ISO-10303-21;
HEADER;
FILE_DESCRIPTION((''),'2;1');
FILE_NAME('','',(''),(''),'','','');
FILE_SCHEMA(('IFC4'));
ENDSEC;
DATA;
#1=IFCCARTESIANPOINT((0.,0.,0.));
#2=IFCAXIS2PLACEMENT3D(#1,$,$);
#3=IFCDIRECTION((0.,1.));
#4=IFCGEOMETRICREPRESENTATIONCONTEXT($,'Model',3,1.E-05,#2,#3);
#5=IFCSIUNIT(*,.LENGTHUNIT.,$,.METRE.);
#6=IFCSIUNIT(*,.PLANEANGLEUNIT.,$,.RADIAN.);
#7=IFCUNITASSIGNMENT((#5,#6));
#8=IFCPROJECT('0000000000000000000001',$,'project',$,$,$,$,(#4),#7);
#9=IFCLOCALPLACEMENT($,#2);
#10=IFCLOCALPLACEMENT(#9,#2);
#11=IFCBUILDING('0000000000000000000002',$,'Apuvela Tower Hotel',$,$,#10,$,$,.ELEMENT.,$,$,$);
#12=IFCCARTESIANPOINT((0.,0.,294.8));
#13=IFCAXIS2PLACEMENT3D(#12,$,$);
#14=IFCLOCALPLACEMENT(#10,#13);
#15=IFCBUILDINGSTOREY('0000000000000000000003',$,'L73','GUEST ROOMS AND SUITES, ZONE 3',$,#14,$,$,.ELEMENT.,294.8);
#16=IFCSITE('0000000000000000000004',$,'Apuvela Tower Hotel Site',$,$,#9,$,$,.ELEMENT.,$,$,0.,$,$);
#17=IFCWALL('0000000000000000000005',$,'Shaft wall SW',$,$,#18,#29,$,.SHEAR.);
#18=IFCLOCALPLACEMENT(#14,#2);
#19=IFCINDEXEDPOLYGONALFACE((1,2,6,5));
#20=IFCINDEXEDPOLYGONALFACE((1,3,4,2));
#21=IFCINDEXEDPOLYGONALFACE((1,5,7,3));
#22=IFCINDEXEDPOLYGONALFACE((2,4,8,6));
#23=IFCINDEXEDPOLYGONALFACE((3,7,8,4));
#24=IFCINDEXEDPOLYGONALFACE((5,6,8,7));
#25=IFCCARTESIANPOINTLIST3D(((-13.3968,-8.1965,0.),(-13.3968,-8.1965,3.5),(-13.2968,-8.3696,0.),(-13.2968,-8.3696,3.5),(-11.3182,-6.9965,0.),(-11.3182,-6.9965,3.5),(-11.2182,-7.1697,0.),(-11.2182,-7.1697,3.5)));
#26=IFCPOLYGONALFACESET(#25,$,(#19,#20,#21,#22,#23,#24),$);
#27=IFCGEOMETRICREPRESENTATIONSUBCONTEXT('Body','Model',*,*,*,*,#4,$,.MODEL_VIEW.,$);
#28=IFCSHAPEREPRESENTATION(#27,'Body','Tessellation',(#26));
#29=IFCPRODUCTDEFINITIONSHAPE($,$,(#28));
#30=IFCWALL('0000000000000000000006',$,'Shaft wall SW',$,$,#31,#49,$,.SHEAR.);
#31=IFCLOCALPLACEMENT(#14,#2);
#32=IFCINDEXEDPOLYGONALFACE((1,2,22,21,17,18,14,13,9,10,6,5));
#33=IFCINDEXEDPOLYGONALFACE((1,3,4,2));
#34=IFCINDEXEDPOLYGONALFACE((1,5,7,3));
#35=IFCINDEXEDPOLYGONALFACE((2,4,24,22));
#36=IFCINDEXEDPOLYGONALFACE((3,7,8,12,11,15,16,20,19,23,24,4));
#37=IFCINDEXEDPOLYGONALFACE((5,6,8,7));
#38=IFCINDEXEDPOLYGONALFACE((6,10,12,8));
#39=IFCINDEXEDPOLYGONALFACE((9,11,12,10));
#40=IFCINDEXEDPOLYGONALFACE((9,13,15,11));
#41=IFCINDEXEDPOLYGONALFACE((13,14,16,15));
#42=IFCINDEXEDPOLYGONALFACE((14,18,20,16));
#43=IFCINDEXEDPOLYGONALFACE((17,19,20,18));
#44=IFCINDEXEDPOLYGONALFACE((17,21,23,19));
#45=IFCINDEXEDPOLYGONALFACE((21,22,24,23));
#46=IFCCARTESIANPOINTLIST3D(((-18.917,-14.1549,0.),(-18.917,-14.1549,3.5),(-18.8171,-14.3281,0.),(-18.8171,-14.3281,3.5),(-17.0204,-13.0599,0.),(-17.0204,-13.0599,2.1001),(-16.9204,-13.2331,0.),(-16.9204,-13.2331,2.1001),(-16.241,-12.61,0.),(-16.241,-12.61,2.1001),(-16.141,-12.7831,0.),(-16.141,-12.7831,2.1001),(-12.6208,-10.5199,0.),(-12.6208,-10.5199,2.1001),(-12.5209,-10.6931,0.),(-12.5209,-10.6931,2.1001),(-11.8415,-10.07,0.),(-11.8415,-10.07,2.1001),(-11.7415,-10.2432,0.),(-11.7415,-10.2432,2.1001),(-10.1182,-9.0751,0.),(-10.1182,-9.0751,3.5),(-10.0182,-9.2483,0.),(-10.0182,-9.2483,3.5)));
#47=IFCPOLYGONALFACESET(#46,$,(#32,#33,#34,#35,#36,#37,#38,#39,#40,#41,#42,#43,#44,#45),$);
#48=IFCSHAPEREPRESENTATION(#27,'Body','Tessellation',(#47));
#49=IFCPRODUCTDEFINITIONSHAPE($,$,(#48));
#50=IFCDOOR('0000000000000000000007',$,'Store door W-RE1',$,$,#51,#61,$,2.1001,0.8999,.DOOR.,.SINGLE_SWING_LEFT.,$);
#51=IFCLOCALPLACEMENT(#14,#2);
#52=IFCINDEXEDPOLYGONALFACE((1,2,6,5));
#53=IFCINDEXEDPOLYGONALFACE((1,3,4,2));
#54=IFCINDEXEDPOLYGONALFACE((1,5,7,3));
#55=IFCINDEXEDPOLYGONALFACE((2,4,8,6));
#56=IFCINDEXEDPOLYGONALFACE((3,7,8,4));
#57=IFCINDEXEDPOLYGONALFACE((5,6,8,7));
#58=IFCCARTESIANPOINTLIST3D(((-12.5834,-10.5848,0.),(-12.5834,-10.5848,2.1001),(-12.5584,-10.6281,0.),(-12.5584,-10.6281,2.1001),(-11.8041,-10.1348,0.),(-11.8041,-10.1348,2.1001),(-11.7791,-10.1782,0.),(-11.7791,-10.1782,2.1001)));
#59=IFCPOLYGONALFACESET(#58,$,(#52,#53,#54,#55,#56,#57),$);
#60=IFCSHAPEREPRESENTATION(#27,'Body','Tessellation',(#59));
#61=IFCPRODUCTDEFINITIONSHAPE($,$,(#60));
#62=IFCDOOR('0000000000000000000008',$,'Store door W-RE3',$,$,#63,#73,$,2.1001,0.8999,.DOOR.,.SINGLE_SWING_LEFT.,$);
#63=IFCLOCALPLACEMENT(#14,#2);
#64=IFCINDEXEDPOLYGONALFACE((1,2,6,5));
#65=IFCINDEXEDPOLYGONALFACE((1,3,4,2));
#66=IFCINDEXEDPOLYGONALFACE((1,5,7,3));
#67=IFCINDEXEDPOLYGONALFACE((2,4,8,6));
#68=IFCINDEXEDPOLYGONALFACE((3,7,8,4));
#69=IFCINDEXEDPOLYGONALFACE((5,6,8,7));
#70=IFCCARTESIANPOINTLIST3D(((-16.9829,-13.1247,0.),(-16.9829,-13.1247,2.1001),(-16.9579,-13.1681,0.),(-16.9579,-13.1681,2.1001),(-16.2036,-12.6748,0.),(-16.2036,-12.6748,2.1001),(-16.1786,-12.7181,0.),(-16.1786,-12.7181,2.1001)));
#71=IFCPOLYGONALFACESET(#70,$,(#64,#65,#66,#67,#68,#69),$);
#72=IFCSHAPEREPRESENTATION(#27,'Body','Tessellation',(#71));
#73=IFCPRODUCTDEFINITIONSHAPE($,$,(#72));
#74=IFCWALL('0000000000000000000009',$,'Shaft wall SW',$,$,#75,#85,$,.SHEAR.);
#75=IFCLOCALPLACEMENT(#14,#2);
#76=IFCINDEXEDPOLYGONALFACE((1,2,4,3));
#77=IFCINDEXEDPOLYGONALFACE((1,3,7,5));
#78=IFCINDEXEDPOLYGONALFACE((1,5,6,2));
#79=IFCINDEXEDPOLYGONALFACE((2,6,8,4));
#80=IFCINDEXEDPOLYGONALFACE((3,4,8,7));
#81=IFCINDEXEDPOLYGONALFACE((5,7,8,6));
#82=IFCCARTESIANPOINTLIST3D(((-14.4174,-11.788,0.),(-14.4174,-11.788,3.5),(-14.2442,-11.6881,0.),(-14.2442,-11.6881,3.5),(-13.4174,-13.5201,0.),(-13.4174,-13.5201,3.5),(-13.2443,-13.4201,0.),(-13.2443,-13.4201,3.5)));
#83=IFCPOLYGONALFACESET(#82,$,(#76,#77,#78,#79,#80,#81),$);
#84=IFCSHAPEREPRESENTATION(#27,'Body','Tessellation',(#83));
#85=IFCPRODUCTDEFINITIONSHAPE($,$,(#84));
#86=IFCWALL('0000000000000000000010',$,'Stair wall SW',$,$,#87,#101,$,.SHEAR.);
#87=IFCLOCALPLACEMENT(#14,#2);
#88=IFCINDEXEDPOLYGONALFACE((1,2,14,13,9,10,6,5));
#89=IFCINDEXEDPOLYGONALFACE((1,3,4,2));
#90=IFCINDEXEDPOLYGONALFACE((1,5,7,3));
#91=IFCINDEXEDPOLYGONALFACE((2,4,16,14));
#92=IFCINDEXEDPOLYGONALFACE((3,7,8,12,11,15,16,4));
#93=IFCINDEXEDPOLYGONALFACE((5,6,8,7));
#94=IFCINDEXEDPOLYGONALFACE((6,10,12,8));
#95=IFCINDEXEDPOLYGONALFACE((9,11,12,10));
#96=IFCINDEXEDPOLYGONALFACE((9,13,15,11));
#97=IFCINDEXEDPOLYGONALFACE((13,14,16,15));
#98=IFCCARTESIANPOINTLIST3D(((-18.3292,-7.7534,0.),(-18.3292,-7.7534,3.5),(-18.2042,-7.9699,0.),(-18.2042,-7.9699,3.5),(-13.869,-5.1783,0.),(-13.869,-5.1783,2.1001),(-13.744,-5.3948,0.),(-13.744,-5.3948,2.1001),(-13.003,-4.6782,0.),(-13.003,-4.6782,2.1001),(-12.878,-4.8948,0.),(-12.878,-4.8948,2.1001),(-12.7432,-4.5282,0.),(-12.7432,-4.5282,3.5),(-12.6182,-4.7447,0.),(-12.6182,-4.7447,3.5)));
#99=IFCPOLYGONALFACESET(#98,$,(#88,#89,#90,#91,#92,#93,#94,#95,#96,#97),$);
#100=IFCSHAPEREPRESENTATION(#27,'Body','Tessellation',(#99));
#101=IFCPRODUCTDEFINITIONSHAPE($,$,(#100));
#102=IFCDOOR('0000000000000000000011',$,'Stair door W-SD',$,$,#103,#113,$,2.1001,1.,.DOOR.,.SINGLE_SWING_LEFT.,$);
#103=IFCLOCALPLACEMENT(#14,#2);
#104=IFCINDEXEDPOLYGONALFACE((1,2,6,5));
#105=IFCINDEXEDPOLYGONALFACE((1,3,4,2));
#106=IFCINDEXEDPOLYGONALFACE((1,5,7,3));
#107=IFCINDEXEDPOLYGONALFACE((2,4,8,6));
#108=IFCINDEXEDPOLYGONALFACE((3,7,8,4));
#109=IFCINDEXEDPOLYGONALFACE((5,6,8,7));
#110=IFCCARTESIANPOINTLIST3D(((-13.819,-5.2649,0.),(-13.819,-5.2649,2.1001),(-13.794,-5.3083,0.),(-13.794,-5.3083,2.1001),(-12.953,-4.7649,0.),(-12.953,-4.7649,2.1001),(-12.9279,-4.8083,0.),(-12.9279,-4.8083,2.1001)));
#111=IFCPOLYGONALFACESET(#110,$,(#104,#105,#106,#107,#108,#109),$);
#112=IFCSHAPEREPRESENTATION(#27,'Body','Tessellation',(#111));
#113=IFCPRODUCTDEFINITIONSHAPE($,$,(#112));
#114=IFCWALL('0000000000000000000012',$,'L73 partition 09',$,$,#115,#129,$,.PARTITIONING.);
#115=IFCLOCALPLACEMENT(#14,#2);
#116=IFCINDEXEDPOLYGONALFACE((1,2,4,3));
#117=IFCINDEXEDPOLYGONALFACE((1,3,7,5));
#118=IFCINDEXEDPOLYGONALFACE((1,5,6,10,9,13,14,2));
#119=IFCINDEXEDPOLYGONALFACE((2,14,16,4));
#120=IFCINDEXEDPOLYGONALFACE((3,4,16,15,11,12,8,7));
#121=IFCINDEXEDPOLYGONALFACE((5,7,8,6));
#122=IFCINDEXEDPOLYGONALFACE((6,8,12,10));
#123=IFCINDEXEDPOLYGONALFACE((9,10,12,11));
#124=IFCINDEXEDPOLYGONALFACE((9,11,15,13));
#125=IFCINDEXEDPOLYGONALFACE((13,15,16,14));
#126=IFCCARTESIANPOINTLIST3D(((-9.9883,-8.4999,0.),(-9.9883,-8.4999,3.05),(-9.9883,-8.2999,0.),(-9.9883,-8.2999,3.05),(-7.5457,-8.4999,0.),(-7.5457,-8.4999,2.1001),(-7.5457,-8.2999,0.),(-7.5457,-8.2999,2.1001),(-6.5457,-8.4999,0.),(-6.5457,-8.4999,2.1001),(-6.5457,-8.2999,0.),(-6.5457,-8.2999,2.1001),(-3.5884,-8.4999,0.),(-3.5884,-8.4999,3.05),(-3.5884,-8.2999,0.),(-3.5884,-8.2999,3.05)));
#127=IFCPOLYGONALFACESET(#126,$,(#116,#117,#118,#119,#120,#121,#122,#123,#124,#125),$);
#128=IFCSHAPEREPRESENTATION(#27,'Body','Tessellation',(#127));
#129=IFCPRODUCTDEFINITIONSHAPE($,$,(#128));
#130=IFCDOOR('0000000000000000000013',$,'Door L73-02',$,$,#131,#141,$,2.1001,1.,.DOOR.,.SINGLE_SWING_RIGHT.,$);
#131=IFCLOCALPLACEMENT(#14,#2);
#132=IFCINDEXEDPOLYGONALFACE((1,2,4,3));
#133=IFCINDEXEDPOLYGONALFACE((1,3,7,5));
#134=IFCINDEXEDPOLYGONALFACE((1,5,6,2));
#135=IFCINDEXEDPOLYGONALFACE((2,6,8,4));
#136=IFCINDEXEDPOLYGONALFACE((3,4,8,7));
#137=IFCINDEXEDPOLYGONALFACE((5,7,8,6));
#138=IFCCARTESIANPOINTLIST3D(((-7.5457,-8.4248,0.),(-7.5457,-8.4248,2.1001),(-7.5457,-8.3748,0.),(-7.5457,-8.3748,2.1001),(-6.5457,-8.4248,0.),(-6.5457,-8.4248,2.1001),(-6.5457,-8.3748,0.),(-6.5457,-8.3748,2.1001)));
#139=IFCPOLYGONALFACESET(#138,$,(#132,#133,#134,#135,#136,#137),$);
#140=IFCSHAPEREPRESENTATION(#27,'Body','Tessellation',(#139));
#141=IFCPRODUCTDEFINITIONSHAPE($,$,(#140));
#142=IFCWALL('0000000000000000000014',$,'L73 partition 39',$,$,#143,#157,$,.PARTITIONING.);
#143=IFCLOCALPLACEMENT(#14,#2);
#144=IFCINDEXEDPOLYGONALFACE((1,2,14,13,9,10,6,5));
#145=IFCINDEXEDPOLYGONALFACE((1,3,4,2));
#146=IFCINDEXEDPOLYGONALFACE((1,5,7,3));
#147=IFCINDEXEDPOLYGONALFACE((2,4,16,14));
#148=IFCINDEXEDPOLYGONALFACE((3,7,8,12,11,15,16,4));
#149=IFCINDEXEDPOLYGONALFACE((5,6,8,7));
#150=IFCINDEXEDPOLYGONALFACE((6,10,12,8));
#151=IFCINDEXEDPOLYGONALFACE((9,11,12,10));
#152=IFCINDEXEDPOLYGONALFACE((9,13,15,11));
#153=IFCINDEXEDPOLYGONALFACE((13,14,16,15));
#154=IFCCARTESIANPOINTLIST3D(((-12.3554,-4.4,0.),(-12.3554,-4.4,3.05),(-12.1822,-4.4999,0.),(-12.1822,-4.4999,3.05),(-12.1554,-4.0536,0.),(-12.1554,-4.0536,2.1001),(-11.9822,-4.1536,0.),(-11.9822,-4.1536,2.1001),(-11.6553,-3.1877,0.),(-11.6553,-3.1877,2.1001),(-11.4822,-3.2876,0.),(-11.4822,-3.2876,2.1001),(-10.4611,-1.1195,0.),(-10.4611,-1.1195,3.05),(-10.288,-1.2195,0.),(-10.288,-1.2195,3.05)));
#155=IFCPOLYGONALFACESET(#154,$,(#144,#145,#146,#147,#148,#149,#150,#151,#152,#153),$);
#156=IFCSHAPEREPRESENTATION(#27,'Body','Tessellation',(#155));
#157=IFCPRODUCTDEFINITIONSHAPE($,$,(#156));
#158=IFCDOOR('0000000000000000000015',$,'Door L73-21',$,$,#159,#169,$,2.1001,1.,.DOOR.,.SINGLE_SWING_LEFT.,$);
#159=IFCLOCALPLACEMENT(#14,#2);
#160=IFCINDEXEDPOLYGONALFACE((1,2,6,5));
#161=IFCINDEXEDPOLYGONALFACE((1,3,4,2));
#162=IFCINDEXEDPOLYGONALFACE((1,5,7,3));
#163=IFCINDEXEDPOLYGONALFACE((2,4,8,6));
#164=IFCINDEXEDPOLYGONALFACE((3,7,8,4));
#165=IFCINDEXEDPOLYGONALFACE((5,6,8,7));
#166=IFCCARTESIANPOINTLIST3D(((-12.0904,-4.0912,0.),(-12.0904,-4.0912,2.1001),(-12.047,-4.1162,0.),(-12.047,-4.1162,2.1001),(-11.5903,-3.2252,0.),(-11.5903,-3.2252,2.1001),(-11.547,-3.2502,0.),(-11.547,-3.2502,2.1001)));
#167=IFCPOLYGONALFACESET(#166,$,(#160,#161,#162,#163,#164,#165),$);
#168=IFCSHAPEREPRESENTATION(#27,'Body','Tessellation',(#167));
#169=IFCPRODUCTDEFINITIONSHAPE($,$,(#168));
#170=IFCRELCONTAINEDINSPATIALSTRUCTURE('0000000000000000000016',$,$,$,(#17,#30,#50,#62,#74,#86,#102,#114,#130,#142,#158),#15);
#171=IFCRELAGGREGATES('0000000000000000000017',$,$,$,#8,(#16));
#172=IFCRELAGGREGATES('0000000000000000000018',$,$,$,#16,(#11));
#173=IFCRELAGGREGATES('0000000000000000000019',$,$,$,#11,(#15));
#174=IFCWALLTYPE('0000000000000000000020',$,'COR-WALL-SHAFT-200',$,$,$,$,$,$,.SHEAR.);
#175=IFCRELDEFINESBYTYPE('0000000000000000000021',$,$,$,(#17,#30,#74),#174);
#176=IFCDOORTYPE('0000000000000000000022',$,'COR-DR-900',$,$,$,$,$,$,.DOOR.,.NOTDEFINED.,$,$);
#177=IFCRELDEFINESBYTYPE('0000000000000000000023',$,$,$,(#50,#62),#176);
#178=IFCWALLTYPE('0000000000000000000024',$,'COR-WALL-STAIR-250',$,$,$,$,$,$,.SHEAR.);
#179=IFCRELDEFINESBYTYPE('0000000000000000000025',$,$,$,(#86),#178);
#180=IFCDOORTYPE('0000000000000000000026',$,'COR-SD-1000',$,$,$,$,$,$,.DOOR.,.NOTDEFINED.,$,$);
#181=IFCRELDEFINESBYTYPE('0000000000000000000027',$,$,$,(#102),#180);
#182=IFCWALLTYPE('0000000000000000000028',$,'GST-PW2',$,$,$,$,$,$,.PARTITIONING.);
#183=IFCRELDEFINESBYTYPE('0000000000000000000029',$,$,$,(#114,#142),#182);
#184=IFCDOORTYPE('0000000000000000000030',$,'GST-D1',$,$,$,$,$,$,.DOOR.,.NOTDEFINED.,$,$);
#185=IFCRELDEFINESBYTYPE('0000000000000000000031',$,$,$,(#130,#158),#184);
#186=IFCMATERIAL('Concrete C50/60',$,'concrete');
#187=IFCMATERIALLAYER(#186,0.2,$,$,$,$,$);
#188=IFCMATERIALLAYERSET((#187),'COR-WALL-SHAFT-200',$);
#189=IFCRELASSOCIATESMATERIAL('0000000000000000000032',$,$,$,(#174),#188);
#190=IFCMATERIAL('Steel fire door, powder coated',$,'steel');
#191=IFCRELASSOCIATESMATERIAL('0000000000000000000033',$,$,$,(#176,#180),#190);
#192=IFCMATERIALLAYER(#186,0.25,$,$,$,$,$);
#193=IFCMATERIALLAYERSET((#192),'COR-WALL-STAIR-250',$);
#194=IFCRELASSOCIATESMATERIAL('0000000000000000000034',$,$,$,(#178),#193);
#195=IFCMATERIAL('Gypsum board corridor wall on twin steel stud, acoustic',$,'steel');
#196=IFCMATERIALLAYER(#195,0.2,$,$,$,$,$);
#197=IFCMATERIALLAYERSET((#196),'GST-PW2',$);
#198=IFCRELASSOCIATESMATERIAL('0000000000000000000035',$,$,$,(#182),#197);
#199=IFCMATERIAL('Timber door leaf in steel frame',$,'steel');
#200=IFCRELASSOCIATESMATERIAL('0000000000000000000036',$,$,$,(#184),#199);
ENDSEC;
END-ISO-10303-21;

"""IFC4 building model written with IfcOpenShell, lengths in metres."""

from ifc_helpers import new_model, si_unit, direction, frame, frame_2d, origin, place, context, subcontext, project, spatial, rectangle, extrude, material, layer, layer_set, type_object, element, fill, save


model = new_model("IFC4")

# Units and contexts
model_context = context("Model", 3, precision=1e-05, world=origin(), true_north=direction((0.0, 1.0)))
body_context = subcontext(model_context, "Body", "Model", "MODEL_VIEW")
ifc_project = project(units=[si_unit("LENGTHUNIT", "METRE"), si_unit("PLANEANGLEUNIT", "RADIAN")], contexts=[model_context])

# Site, building, storey
site_placement = place(None, origin())
site = spatial("IfcSite", under=ifc_project, at=site_placement, Name="Apuvela Tower Hotel Site", CompositionType="ELEMENT", RefElevation=0.0)
building_placement = place(site_placement, origin())
building = spatial("IfcBuilding", under=site, at=building_placement, Name="Apuvela Tower Hotel", CompositionType="ELEMENT")
storey_placement = place(building_placement, frame((0.0, 0.0, 294.8)))
storey = spatial("IfcBuildingStorey", under=building, at=storey_placement, Name="L73", Description="GUEST ROOMS AND SUITES, ZONE 3", CompositionType="ELEMENT", Elevation=294.8)

# Shared definitions
ifc_material_1 = material(Name="Concrete C50/60", Category="concrete")
ifc_material_2 = material(Name="Steel fire door, powder coated", Category="steel")

# Wall
ifc_layer_1 = layer(ifc_material_1, 0.2)
ifc_layer_set_1 = layer_set([ifc_layer_1], Name="COR-WALL-SHAFT-200")
wall_type_1 = type_object("IfcWallType", Name="COR-WALL-SHAFT-200", PredefinedType="SHEAR", material=ifc_layer_set_1)
wall_1_placement = place(storey_placement, frame((-11.2681, -7.083, 0.0), z_axis=(0.0, 0.0, 1.0), x_axis=(-0.86605, -0.499957, 0.0)))
element("IfcWall", 1, at=wall_1_placement, inside=storey, type_object=wall_type_1, Name="Shaft wall SW", PredefinedType="SHEAR", context=body_context, shape_type="SweptSolid", body=[
    extrude(rectangle(XDim=2.4001, YDim=0.2, at=frame_2d((1.2002, 0.0))), origin(), (0.0, 0.0, 1.0), 3.5),
])

# Wall, openings, doors
wall_2_placement = place(storey_placement, frame((-10.0681, -9.1616, 0.0), z_axis=(0.0, 0.0, 1.0), x_axis=(-0.866033, -0.499987, 0.0)))
wall_2 = element("IfcWall", 2, at=wall_2_placement, inside=storey, type_object=wall_type_1, Name="Shaft wall SW", PredefinedType="SHEAR", context=body_context, shape_type="SweptSolid", body=[
    extrude(rectangle(XDim=10.1599, YDim=0.2, at=frame_2d((5.0801, 0.0))), origin(), (0.0, 0.0, 1.0), 3.5),
])
opening_1_placement = place(wall_2_placement, frame((1.99, 0.0, 0.0)))
opening_1 = element("IfcOpeningElement", 3, at=opening_1_placement, cuts=wall_2, PredefinedType="OPENING", context=body_context, shape_type="SweptSolid", body=[
    extrude(rectangle(XDim=0.8999, YDim=2.1001, at=frame_2d((0.45, 1.05))), frame((0.0, 0.1099, 0.0), z_axis=(0.0, -1.0, 0.0), x_axis=(1.0, 0.0, 0.0)), (0.0, 0.0, 1.0), 0.22),
])
opening_2_placement = place(wall_2_placement, frame((7.0701, 0.0, 0.0)))
opening_2 = element("IfcOpeningElement", 4, at=opening_2_placement, cuts=wall_2, PredefinedType="OPENING", context=body_context, shape_type="SweptSolid", body=[
    extrude(rectangle(XDim=0.8999, YDim=2.1001, at=frame_2d((0.45, 1.05))), frame((0.0, 0.1099, 0.0), z_axis=(0.0, -1.0, 0.0), x_axis=(1.0, 0.0, 0.0)), (0.0, 0.0, 1.0), 0.22),
])
door_type_1 = type_object("IfcDoorType", Name="COR-DR-900", OperationType="NOTDEFINED", PredefinedType="DOOR", material=ifc_material_2)
door_1_placement = place(opening_1_placement, origin())
door_1 = element("IfcDoor", 5, at=door_1_placement, inside=storey, type_object=door_type_1, Name="Store door W-RE1", OperationType="SINGLE_SWING_LEFT", OverallHeight=2.1001, OverallWidth=0.8999, PredefinedType="DOOR", context=body_context, shape_type="SweptSolid", body=[
    extrude(rectangle(XDim=0.8999, YDim=2.1001, at=frame_2d((0.45, 1.05))), frame((0.0, 0.0249, 0.0), z_axis=(0.0, -1.0, 0.0), x_axis=(1.0, 0.0, 0.0)), (0.0, 0.0, 1.0), 0.05),
])
fill(opening_1, door_1)
door_2_placement = place(opening_2_placement, origin())
door_2 = element("IfcDoor", 6, at=door_2_placement, inside=storey, type_object=door_type_1, Name="Store door W-RE3", OperationType="SINGLE_SWING_LEFT", OverallHeight=2.1001, OverallWidth=0.8999, PredefinedType="DOOR", context=body_context, shape_type="SweptSolid", body=[
    extrude(rectangle(XDim=0.8999, YDim=2.1001, at=frame_2d((0.45, 1.05))), frame((0.0, 0.0249, 0.0), z_axis=(0.0, -1.0, 0.0), x_axis=(1.0, 0.0, 0.0)), (0.0, 0.0, 1.0), 0.05),
])
fill(opening_2, door_2)

# Wall
wall_3_placement = place(storey_placement, frame((-14.3308, -11.738, 0.0), z_axis=(0.0, 0.0, 1.0), x_axis=(0.499973, -0.866041, 0.0)))
element("IfcWall", 7, at=wall_3_placement, inside=storey, type_object=wall_type_1, Name="Shaft wall SW", PredefinedType="SHEAR", context=body_context, shape_type="SweptSolid", body=[
    extrude(rectangle(XDim=2.0, YDim=0.2, at=frame_2d((1.0, 0.0))), origin(), (0.0, 0.0, 1.0), 3.5),
])

# Walls, openings, doors
ifc_layer_2 = layer(ifc_material_1, 0.25)
ifc_layer_set_2 = layer_set([ifc_layer_2], Name="COR-WALL-STAIR-250")
wall_type_2 = type_object("IfcWallType", Name="COR-WALL-STAIR-250", PredefinedType="SHEAR", material=ifc_layer_set_2)
wall_4_placement = place(storey_placement, frame((-12.6807, -4.6365, 0.0), z_axis=(0.0, 0.0, 1.0), x_axis=(-0.866022, -0.500006, 0.0)))
wall_4 = element("IfcWall", 8, at=wall_4_placement, inside=storey, type_object=wall_type_2, Name="Stair wall SW", PredefinedType="SHEAR", context=body_context, shape_type="SweptSolid", body=[
    extrude(rectangle(XDim=6.4502, YDim=0.25, at=frame_2d((3.2251, 0.0))), origin(), (0.0, 0.0, 1.0), 3.5),
])
opening_3_placement = place(wall_4_placement, frame((0.3, 0.0, 0.0)))
opening_3 = element("IfcOpeningElement", 9, at=opening_3_placement, cuts=wall_4, PredefinedType="OPENING", context=body_context, shape_type="SweptSolid", body=[
    extrude(rectangle(XDim=1.0, YDim=2.1001, at=frame_2d((0.5, 1.05))), frame((0.0, 0.135, 0.0), z_axis=(0.0, -1.0, 0.0), x_axis=(1.0, 0.0, 0.0)), (0.0, 0.0, 1.0), 0.27),
])
door_type_2 = type_object("IfcDoorType", Name="COR-SD-1000", OperationType="NOTDEFINED", PredefinedType="DOOR", material=ifc_material_2)
door_3_placement = place(opening_3_placement, frame((1.0, 0.0, 0.0), z_axis=(0.0, 0.0, 1.0), x_axis=(-1.0, 0.0, 0.0)))
door_3 = element("IfcDoor", 10, at=door_3_placement, inside=storey, type_object=door_type_2, Name="Stair door W-SD", OperationType="SINGLE_SWING_LEFT", OverallHeight=2.1001, OverallWidth=1.0, PredefinedType="DOOR", context=body_context, shape_type="SweptSolid", body=[
    extrude(rectangle(XDim=1.0, YDim=2.1001, at=frame_2d((0.5, 1.05))), frame((0.0, 0.0249, 0.0), z_axis=(0.0, -1.0, 0.0), x_axis=(1.0, 0.0, 0.0)), (0.0, 0.0, 1.0), 0.05),
])
fill(opening_3, door_3)
ifc_material_3 = material(Name="Gypsum board corridor wall on twin steel stud, acoustic", Category="steel")
ifc_layer_3 = layer(ifc_material_3, 0.2)
ifc_layer_set_3 = layer_set([ifc_layer_3], Name="GST-PW2")
wall_type_3 = type_object("IfcWallType", Name="GST-PW2", PredefinedType="PARTITIONING", material=ifc_layer_set_3)
wall_5_placement = place(storey_placement, frame((-3.5884, -8.3999, 0.0), z_axis=(0.0, 0.0, 1.0), x_axis=(-1.0, 0.0, 0.0)))
wall_5 = element("IfcWall", 11, at=wall_5_placement, inside=storey, type_object=wall_type_3, Name="L73 partition 09", PredefinedType="PARTITIONING", context=body_context, shape_type="SweptSolid", body=[
    extrude(rectangle(XDim=6.3999, YDim=0.2, at=frame_2d((3.2, 0.0))), origin(), (0.0, 0.0, 1.0), 3.05),
])
opening_4_placement = place(wall_5_placement, frame((2.9573, 0.0, 0.0)))
opening_4 = element("IfcOpeningElement", 12, at=opening_4_placement, cuts=wall_5, PredefinedType="OPENING", context=body_context, shape_type="SweptSolid", body=[
    extrude(rectangle(XDim=1.0, YDim=2.1001, at=frame_2d((0.5, 1.05))), frame((0.0, 0.1099, 0.0), z_axis=(0.0, -1.0, 0.0), x_axis=(1.0, 0.0, 0.0)), (0.0, 0.0, 1.0), 0.22),
])
ifc_material_4 = material(Name="Timber door leaf in steel frame", Category="steel")
door_type_3 = type_object("IfcDoorType", Name="GST-D1", OperationType="NOTDEFINED", PredefinedType="DOOR", material=ifc_material_4)
door_4_placement = place(opening_4_placement, origin())
door_4 = element("IfcDoor", 13, at=door_4_placement, inside=storey, type_object=door_type_3, Name="Door L73-02", OperationType="SINGLE_SWING_RIGHT", OverallHeight=2.1001, OverallWidth=1.0, PredefinedType="DOOR", context=body_context, shape_type="SweptSolid", body=[
    extrude(rectangle(XDim=1.0, YDim=2.1001, at=frame_2d((0.5, 1.05))), frame((0.0, 0.0249, 0.0), z_axis=(0.0, -1.0, 0.0), x_axis=(1.0, 0.0, 0.0)), (0.0, 0.0, 1.0), 0.05),
])
fill(opening_4, door_4)
wall_6_placement = place(storey_placement, frame((-12.2688, -4.45, 0.0), z_axis=(0.0, 0.0, 1.0), x_axis=(0.500055, 0.865993, 0.0)))
wall_6 = element("IfcWall", 14, at=wall_6_placement, inside=storey, type_object=wall_type_3, Name="L73 partition 39", PredefinedType="PARTITIONING", context=body_context, shape_type="SweptSolid", body=[
    extrude(rectangle(XDim=3.7881, YDim=0.2, at=frame_2d((1.894, 0.0))), origin(), (0.0, 0.0, 1.0), 3.05),
])
opening_5_placement = place(wall_6_placement, frame((0.3999, 0.0, 0.0)))
opening_5 = element("IfcOpeningElement", 15, at=opening_5_placement, cuts=wall_6, PredefinedType="OPENING", context=body_context, shape_type="SweptSolid", body=[
    extrude(rectangle(XDim=1.0, YDim=2.1001, at=frame_2d((0.5, 1.05))), frame((0.0, 0.1099, 0.0), z_axis=(0.0, -1.0, 0.0), x_axis=(1.0, 0.0, 0.0)), (0.0, 0.0, 1.0), 0.22),
])
door_5_placement = place(opening_5_placement, origin())
door_5 = element("IfcDoor", 16, at=door_5_placement, inside=storey, type_object=door_type_3, Name="Door L73-21", OperationType="SINGLE_SWING_LEFT", OverallHeight=2.1001, OverallWidth=1.0, PredefinedType="DOOR", context=body_context, shape_type="SweptSolid", body=[
    extrude(rectangle(XDim=1.0, YDim=2.1001, at=frame_2d((0.5, 1.05))), frame((0.0, 0.0249, 0.0), z_axis=(0.0, -1.0, 0.0), x_axis=(1.0, 0.0, 0.0)), (0.0, 0.0, 1.0), 0.05),
])
fill(opening_5, door_5)

save(model, "model.ifc")
